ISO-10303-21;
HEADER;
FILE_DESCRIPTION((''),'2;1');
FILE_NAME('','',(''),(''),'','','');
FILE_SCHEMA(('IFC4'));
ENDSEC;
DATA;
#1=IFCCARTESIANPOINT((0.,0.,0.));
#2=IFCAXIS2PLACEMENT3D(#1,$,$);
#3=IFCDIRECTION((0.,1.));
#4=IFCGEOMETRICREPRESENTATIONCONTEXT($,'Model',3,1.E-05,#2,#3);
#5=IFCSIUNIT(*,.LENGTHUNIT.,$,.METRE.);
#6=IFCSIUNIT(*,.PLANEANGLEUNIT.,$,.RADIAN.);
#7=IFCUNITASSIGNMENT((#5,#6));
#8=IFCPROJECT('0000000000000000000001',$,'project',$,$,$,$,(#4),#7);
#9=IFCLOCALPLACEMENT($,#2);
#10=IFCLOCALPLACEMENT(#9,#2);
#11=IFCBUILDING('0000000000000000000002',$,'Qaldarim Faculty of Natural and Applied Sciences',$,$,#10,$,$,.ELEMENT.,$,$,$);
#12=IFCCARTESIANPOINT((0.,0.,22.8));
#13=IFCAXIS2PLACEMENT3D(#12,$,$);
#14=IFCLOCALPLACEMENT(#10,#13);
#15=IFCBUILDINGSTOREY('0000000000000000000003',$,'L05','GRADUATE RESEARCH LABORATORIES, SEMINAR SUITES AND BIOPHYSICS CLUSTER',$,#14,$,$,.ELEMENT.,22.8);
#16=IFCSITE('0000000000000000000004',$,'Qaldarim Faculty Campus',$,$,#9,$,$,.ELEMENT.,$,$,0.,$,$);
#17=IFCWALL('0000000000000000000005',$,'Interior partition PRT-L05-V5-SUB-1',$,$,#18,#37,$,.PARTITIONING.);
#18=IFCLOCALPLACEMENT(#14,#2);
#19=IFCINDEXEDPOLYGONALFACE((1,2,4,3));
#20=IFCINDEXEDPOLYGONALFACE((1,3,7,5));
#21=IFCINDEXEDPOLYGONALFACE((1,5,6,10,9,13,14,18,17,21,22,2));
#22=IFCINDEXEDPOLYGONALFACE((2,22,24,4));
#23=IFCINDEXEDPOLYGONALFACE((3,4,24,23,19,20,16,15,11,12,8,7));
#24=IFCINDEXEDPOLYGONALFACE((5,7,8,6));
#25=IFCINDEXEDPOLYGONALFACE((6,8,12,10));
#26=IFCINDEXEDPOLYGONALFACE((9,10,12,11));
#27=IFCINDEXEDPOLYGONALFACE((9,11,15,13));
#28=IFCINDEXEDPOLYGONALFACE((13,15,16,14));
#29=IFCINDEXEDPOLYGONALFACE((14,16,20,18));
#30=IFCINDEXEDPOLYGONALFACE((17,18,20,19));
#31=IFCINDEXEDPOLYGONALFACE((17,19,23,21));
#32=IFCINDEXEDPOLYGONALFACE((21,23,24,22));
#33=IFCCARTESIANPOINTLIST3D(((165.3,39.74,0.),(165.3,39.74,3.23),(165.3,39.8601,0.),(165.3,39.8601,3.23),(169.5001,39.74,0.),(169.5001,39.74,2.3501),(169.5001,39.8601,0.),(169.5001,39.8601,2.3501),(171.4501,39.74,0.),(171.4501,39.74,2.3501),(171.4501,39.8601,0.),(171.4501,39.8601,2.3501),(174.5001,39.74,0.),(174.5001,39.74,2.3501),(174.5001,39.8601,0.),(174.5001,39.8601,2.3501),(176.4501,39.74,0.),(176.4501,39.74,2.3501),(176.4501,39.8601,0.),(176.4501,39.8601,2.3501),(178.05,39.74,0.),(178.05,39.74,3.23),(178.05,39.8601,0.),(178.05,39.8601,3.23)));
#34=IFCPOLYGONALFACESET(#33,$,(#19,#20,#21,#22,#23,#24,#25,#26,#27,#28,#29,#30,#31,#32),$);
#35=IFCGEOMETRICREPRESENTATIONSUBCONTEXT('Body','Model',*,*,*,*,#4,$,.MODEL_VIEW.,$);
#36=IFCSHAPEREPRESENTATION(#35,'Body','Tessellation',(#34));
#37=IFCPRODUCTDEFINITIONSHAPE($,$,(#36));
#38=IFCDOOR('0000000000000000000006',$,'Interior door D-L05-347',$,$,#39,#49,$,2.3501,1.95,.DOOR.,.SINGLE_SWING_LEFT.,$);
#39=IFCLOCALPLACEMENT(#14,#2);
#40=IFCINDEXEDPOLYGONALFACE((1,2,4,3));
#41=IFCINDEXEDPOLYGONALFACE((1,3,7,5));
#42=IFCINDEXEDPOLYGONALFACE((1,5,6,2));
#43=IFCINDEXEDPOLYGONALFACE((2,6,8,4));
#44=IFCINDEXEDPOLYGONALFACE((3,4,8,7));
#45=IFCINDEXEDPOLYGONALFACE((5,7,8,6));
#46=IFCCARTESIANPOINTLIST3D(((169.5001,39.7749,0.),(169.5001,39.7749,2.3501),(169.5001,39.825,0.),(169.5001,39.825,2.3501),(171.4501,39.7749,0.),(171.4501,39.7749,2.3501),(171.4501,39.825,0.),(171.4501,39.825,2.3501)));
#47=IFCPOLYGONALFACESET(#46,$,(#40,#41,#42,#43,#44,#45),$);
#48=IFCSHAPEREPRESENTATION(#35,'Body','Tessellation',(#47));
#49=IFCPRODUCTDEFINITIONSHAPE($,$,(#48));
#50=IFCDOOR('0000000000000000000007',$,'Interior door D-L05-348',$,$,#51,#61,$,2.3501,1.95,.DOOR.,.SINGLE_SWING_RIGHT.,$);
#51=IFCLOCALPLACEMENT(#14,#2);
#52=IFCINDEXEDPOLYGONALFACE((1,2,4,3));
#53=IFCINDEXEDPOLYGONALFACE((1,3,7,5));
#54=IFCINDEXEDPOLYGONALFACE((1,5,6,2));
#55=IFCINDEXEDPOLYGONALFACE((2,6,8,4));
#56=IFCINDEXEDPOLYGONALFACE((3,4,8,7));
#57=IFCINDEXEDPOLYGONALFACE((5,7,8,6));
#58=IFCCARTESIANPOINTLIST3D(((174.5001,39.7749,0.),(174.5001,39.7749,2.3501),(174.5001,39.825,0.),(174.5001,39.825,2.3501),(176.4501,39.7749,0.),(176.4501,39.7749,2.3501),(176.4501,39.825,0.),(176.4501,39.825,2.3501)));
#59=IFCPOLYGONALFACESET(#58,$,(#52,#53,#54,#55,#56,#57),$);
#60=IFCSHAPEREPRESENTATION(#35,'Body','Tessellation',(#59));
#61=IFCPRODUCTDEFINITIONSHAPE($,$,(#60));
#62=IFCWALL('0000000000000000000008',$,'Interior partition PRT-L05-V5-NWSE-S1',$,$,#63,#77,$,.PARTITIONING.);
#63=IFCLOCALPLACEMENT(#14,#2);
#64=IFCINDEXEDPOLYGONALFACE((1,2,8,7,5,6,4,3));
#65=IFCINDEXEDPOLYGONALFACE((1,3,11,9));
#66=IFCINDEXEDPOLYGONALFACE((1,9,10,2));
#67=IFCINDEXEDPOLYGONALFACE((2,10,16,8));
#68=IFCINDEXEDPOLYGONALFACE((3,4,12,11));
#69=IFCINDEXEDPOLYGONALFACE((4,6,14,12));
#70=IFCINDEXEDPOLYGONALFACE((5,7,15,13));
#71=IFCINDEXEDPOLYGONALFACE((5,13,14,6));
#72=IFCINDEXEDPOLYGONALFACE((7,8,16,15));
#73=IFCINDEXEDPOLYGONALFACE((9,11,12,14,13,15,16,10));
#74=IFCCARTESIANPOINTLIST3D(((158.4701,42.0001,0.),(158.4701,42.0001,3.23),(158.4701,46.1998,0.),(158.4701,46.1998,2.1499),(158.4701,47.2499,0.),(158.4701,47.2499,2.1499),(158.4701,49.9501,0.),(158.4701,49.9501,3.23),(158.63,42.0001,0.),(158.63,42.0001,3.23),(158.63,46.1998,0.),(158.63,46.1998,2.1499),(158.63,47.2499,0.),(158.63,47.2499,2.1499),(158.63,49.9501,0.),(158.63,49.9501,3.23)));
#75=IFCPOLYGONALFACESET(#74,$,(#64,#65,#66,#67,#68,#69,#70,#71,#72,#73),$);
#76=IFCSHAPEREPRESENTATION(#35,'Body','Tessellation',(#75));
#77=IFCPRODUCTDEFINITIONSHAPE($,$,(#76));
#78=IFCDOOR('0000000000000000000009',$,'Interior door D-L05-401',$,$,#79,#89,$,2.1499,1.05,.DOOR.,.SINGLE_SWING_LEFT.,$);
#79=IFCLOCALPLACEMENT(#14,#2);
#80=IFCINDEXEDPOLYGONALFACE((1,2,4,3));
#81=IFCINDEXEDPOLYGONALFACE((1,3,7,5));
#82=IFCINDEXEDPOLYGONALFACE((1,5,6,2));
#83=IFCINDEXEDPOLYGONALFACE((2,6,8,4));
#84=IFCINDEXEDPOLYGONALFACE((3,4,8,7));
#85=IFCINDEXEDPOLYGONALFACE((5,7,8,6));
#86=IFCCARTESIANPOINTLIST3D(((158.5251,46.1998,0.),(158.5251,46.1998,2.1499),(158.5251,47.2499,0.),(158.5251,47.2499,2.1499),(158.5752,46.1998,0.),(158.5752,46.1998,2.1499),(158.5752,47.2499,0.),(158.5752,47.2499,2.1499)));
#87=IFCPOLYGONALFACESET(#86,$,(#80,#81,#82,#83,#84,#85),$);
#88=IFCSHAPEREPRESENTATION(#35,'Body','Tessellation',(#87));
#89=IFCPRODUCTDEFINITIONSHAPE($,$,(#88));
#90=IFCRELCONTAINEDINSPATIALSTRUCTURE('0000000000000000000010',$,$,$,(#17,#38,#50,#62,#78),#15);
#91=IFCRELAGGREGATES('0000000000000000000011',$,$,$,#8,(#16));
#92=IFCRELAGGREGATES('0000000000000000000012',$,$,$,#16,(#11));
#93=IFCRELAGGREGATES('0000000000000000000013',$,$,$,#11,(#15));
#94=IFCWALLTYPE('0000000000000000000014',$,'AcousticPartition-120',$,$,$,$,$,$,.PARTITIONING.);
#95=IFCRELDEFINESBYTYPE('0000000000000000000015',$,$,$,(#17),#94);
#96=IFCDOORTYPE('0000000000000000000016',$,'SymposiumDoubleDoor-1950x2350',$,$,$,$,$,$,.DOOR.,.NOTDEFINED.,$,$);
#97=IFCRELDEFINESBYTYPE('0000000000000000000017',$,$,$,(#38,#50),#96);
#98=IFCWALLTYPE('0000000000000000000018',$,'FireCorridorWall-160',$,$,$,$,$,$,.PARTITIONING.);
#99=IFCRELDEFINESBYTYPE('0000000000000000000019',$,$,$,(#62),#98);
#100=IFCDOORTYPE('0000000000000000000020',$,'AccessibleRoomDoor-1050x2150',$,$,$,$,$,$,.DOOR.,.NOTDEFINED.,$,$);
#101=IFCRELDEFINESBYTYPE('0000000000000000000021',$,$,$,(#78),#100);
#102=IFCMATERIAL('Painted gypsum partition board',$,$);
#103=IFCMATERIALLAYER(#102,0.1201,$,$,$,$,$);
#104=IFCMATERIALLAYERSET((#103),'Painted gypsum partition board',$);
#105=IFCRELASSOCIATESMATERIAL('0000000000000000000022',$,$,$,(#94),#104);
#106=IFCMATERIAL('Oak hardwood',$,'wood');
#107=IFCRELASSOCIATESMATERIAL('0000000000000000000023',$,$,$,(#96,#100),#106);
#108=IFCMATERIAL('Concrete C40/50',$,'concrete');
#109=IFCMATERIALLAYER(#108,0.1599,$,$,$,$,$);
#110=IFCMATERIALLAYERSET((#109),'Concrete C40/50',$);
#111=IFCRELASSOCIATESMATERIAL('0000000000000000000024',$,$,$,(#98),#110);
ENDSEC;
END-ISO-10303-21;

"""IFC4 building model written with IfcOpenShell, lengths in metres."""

from ifc_helpers import new_model, si_unit, direction, frame, frame_2d, origin, place, context, subcontext, project, spatial, rectangle, extrude, material, layer, layer_set, type_object, element, fill, save


model = new_model("IFC4")

# Units and contexts
model_context = context("Model", 3, precision=1e-05, world=origin(), true_north=direction((0.0, 1.0)))
body_context = subcontext(model_context, "Body", "Model", "MODEL_VIEW")
ifc_project = project(units=[si_unit("LENGTHUNIT", "METRE"), si_unit("PLANEANGLEUNIT", "RADIAN")], contexts=[model_context])

# Site, building, storey
site_placement = place(None, origin())
site = spatial("IfcSite", under=ifc_project, at=site_placement, Name="Qaldarim Faculty Campus", CompositionType="ELEMENT", RefElevation=0.0)
building_placement = place(site_placement, origin())
building = spatial("IfcBuilding", under=site, at=building_placement, Name="Qaldarim Faculty of Natural and Applied Sciences", CompositionType="ELEMENT")
storey_placement = place(building_placement, frame((0.0, 0.0, 22.8)))
storey = spatial("IfcBuildingStorey", under=building, at=storey_placement, Name="L05", Description="GRADUATE RESEARCH LABORATORIES, SEMINAR SUITES AND BIOPHYSICS CLUSTER", CompositionType="ELEMENT", Elevation=22.8)

# Shared definitions
ifc_material_1 = material(Name="Concrete C40/50", Category="concrete")

# Wall, openings, doors
ifc_material_2 = material(Name="Painted gypsum partition board")
ifc_layer_1 = layer(ifc_material_2, 0.1201)
ifc_layer_set_1 = layer_set([ifc_layer_1], Name="Painted gypsum partition board")
wall_type_1 = type_object("IfcWallType", Name="AcousticPartition-120", PredefinedType="PARTITIONING", material=ifc_layer_set_1)
wall_1_placement = place(storey_placement, frame((165.3, 39.8, 0.0), z_axis=(0.0, 0.0, 1.0), x_axis=(1.0, 0.0, 0.0)))
wall_1 = element("IfcWall", 1, at=wall_1_placement, inside=storey, type_object=wall_type_1, Name="Interior partition PRT-L05-V5-SUB-1", PredefinedType="PARTITIONING", context=body_context, shape_type="SweptSolid", body=[
    extrude(rectangle(XDim=12.75, YDim=0.1201, at=frame_2d((6.375, 0.0))), origin(), (0.0, 0.0, 1.0), 3.23),
])
opening_1_placement = place(wall_1_placement, frame((4.2, 0.0, 0.0)))
opening_1 = element("IfcOpeningElement", 2, at=opening_1_placement, cuts=wall_1, PredefinedType="OPENING", context=body_context, shape_type="SweptSolid", body=[
    extrude(rectangle(XDim=1.95, YDim=2.3501, at=frame_2d((0.9751, 1.175))), frame((0.0, 0.0701, 0.0), z_axis=(0.0, -1.0, 0.0), x_axis=(1.0, 0.0, 0.0)), (0.0, 0.0, 1.0), 0.1401),
])
opening_2_placement = place(wall_1_placement, frame((9.2, 0.0, 0.0)))
opening_2 = element("IfcOpeningElement", 3, at=opening_2_placement, cuts=wall_1, PredefinedType="OPENING", context=body_context, shape_type="SweptSolid", body=[
    extrude(rectangle(XDim=1.95, YDim=2.3501, at=frame_2d((0.9751, 1.175))), frame((0.0, 0.0701, 0.0), z_axis=(0.0, -1.0, 0.0), x_axis=(1.0, 0.0, 0.0)), (0.0, 0.0, 1.0), 0.1401),
])
ifc_material_3 = material(Name="Oak hardwood", Category="wood")
door_type_1 = type_object("IfcDoorType", Name="SymposiumDoubleDoor-1950x2350", OperationType="NOTDEFINED", PredefinedType="DOOR", material=ifc_material_3)
door_1_placement = place(opening_1_placement, origin())
door_1 = element("IfcDoor", 4, at=door_1_placement, inside=storey, type_object=door_type_1, Name="Interior door D-L05-347", OperationType="SINGLE_SWING_LEFT", OverallHeight=2.3501, OverallWidth=1.95, PredefinedType="DOOR", context=body_context, shape_type="SweptSolid", body=[
    extrude(rectangle(XDim=1.95, YDim=2.3501, at=frame_2d((0.9751, 1.175))), frame((0.0, 0.0249, 0.0), z_axis=(0.0, -1.0, 0.0), x_axis=(1.0, 0.0, 0.0)), (0.0, 0.0, 1.0), 0.05),
])
fill(opening_1, door_1)
door_2_placement = place(opening_2_placement, origin())
door_2 = element("IfcDoor", 5, at=door_2_placement, inside=storey, type_object=door_type_1, Name="Interior door D-L05-348", OperationType="SINGLE_SWING_RIGHT", OverallHeight=2.3501, OverallWidth=1.95, PredefinedType="DOOR", context=body_context, shape_type="SweptSolid", body=[
    extrude(rectangle(XDim=1.95, YDim=2.3501, at=frame_2d((0.9751, 1.175))), frame((0.0, 0.0249, 0.0), z_axis=(0.0, -1.0, 0.0), x_axis=(1.0, 0.0, 0.0)), (0.0, 0.0, 1.0), 0.05),
])
fill(opening_2, door_2)
ifc_layer_2 = layer(ifc_material_1, 0.1599)
ifc_layer_set_2 = layer_set([ifc_layer_2], Name="Concrete C40/50")
wall_type_2 = type_object("IfcWallType", Name="FireCorridorWall-160", PredefinedType="PARTITIONING", material=ifc_layer_set_2)
door_type_2 = type_object("IfcDoorType", Name="AccessibleRoomDoor-1050x2150", OperationType="NOTDEFINED", PredefinedType="DOOR", material=ifc_material_3)

# Wall, opening, door
wall_2_placement = place(storey_placement, frame((158.55, 42.0, 0.0), z_axis=(0.0, 0.0, 1.0), x_axis=(0.0, 1.0, 0.0)))
wall_2 = element("IfcWall", 6, at=wall_2_placement, inside=storey, type_object=wall_type_2, Name="Interior partition PRT-L05-V5-NWSE-S1", PredefinedType="PARTITIONING", context=body_context, shape_type="SweptSolid", body=[
    extrude(rectangle(XDim=7.95, YDim=0.1599, at=frame_2d((3.9751, 0.0))), origin(), (0.0, 0.0, 1.0), 3.23),
])
opening_3_placement = place(wall_2_placement, frame((4.2, 0.0, 0.0)))
opening_3 = element("IfcOpeningElement", 7, at=opening_3_placement, cuts=wall_2, PredefinedType="OPENING", context=body_context, shape_type="SweptSolid", body=[
    extrude(rectangle(XDim=1.05, YDim=2.1499, at=frame_2d((0.5249, 1.075))), frame((0.0, 0.0898, 0.0), z_axis=(0.0, -1.0, 0.0), x_axis=(1.0, 0.0, 0.0)), (0.0, 0.0, 1.0), 0.1799),
])
door_3_placement = place(opening_3_placement, origin())
door_3 = element("IfcDoor", 8, at=door_3_placement, inside=storey, type_object=door_type_2, Name="Interior door D-L05-401", OperationType="SINGLE_SWING_LEFT", OverallHeight=2.1499, OverallWidth=1.05, PredefinedType="DOOR", context=body_context, shape_type="SweptSolid", body=[
    extrude(rectangle(XDim=1.05, YDim=2.1499, at=frame_2d((0.5249, 1.075))), frame((0.0, 0.0249, 0.0), z_axis=(0.0, -1.0, 0.0), x_axis=(1.0, 0.0, 0.0)), (0.0, 0.0, 1.0), 0.05),
])
fill(opening_3, door_3)

save(model, "model.ifc")
